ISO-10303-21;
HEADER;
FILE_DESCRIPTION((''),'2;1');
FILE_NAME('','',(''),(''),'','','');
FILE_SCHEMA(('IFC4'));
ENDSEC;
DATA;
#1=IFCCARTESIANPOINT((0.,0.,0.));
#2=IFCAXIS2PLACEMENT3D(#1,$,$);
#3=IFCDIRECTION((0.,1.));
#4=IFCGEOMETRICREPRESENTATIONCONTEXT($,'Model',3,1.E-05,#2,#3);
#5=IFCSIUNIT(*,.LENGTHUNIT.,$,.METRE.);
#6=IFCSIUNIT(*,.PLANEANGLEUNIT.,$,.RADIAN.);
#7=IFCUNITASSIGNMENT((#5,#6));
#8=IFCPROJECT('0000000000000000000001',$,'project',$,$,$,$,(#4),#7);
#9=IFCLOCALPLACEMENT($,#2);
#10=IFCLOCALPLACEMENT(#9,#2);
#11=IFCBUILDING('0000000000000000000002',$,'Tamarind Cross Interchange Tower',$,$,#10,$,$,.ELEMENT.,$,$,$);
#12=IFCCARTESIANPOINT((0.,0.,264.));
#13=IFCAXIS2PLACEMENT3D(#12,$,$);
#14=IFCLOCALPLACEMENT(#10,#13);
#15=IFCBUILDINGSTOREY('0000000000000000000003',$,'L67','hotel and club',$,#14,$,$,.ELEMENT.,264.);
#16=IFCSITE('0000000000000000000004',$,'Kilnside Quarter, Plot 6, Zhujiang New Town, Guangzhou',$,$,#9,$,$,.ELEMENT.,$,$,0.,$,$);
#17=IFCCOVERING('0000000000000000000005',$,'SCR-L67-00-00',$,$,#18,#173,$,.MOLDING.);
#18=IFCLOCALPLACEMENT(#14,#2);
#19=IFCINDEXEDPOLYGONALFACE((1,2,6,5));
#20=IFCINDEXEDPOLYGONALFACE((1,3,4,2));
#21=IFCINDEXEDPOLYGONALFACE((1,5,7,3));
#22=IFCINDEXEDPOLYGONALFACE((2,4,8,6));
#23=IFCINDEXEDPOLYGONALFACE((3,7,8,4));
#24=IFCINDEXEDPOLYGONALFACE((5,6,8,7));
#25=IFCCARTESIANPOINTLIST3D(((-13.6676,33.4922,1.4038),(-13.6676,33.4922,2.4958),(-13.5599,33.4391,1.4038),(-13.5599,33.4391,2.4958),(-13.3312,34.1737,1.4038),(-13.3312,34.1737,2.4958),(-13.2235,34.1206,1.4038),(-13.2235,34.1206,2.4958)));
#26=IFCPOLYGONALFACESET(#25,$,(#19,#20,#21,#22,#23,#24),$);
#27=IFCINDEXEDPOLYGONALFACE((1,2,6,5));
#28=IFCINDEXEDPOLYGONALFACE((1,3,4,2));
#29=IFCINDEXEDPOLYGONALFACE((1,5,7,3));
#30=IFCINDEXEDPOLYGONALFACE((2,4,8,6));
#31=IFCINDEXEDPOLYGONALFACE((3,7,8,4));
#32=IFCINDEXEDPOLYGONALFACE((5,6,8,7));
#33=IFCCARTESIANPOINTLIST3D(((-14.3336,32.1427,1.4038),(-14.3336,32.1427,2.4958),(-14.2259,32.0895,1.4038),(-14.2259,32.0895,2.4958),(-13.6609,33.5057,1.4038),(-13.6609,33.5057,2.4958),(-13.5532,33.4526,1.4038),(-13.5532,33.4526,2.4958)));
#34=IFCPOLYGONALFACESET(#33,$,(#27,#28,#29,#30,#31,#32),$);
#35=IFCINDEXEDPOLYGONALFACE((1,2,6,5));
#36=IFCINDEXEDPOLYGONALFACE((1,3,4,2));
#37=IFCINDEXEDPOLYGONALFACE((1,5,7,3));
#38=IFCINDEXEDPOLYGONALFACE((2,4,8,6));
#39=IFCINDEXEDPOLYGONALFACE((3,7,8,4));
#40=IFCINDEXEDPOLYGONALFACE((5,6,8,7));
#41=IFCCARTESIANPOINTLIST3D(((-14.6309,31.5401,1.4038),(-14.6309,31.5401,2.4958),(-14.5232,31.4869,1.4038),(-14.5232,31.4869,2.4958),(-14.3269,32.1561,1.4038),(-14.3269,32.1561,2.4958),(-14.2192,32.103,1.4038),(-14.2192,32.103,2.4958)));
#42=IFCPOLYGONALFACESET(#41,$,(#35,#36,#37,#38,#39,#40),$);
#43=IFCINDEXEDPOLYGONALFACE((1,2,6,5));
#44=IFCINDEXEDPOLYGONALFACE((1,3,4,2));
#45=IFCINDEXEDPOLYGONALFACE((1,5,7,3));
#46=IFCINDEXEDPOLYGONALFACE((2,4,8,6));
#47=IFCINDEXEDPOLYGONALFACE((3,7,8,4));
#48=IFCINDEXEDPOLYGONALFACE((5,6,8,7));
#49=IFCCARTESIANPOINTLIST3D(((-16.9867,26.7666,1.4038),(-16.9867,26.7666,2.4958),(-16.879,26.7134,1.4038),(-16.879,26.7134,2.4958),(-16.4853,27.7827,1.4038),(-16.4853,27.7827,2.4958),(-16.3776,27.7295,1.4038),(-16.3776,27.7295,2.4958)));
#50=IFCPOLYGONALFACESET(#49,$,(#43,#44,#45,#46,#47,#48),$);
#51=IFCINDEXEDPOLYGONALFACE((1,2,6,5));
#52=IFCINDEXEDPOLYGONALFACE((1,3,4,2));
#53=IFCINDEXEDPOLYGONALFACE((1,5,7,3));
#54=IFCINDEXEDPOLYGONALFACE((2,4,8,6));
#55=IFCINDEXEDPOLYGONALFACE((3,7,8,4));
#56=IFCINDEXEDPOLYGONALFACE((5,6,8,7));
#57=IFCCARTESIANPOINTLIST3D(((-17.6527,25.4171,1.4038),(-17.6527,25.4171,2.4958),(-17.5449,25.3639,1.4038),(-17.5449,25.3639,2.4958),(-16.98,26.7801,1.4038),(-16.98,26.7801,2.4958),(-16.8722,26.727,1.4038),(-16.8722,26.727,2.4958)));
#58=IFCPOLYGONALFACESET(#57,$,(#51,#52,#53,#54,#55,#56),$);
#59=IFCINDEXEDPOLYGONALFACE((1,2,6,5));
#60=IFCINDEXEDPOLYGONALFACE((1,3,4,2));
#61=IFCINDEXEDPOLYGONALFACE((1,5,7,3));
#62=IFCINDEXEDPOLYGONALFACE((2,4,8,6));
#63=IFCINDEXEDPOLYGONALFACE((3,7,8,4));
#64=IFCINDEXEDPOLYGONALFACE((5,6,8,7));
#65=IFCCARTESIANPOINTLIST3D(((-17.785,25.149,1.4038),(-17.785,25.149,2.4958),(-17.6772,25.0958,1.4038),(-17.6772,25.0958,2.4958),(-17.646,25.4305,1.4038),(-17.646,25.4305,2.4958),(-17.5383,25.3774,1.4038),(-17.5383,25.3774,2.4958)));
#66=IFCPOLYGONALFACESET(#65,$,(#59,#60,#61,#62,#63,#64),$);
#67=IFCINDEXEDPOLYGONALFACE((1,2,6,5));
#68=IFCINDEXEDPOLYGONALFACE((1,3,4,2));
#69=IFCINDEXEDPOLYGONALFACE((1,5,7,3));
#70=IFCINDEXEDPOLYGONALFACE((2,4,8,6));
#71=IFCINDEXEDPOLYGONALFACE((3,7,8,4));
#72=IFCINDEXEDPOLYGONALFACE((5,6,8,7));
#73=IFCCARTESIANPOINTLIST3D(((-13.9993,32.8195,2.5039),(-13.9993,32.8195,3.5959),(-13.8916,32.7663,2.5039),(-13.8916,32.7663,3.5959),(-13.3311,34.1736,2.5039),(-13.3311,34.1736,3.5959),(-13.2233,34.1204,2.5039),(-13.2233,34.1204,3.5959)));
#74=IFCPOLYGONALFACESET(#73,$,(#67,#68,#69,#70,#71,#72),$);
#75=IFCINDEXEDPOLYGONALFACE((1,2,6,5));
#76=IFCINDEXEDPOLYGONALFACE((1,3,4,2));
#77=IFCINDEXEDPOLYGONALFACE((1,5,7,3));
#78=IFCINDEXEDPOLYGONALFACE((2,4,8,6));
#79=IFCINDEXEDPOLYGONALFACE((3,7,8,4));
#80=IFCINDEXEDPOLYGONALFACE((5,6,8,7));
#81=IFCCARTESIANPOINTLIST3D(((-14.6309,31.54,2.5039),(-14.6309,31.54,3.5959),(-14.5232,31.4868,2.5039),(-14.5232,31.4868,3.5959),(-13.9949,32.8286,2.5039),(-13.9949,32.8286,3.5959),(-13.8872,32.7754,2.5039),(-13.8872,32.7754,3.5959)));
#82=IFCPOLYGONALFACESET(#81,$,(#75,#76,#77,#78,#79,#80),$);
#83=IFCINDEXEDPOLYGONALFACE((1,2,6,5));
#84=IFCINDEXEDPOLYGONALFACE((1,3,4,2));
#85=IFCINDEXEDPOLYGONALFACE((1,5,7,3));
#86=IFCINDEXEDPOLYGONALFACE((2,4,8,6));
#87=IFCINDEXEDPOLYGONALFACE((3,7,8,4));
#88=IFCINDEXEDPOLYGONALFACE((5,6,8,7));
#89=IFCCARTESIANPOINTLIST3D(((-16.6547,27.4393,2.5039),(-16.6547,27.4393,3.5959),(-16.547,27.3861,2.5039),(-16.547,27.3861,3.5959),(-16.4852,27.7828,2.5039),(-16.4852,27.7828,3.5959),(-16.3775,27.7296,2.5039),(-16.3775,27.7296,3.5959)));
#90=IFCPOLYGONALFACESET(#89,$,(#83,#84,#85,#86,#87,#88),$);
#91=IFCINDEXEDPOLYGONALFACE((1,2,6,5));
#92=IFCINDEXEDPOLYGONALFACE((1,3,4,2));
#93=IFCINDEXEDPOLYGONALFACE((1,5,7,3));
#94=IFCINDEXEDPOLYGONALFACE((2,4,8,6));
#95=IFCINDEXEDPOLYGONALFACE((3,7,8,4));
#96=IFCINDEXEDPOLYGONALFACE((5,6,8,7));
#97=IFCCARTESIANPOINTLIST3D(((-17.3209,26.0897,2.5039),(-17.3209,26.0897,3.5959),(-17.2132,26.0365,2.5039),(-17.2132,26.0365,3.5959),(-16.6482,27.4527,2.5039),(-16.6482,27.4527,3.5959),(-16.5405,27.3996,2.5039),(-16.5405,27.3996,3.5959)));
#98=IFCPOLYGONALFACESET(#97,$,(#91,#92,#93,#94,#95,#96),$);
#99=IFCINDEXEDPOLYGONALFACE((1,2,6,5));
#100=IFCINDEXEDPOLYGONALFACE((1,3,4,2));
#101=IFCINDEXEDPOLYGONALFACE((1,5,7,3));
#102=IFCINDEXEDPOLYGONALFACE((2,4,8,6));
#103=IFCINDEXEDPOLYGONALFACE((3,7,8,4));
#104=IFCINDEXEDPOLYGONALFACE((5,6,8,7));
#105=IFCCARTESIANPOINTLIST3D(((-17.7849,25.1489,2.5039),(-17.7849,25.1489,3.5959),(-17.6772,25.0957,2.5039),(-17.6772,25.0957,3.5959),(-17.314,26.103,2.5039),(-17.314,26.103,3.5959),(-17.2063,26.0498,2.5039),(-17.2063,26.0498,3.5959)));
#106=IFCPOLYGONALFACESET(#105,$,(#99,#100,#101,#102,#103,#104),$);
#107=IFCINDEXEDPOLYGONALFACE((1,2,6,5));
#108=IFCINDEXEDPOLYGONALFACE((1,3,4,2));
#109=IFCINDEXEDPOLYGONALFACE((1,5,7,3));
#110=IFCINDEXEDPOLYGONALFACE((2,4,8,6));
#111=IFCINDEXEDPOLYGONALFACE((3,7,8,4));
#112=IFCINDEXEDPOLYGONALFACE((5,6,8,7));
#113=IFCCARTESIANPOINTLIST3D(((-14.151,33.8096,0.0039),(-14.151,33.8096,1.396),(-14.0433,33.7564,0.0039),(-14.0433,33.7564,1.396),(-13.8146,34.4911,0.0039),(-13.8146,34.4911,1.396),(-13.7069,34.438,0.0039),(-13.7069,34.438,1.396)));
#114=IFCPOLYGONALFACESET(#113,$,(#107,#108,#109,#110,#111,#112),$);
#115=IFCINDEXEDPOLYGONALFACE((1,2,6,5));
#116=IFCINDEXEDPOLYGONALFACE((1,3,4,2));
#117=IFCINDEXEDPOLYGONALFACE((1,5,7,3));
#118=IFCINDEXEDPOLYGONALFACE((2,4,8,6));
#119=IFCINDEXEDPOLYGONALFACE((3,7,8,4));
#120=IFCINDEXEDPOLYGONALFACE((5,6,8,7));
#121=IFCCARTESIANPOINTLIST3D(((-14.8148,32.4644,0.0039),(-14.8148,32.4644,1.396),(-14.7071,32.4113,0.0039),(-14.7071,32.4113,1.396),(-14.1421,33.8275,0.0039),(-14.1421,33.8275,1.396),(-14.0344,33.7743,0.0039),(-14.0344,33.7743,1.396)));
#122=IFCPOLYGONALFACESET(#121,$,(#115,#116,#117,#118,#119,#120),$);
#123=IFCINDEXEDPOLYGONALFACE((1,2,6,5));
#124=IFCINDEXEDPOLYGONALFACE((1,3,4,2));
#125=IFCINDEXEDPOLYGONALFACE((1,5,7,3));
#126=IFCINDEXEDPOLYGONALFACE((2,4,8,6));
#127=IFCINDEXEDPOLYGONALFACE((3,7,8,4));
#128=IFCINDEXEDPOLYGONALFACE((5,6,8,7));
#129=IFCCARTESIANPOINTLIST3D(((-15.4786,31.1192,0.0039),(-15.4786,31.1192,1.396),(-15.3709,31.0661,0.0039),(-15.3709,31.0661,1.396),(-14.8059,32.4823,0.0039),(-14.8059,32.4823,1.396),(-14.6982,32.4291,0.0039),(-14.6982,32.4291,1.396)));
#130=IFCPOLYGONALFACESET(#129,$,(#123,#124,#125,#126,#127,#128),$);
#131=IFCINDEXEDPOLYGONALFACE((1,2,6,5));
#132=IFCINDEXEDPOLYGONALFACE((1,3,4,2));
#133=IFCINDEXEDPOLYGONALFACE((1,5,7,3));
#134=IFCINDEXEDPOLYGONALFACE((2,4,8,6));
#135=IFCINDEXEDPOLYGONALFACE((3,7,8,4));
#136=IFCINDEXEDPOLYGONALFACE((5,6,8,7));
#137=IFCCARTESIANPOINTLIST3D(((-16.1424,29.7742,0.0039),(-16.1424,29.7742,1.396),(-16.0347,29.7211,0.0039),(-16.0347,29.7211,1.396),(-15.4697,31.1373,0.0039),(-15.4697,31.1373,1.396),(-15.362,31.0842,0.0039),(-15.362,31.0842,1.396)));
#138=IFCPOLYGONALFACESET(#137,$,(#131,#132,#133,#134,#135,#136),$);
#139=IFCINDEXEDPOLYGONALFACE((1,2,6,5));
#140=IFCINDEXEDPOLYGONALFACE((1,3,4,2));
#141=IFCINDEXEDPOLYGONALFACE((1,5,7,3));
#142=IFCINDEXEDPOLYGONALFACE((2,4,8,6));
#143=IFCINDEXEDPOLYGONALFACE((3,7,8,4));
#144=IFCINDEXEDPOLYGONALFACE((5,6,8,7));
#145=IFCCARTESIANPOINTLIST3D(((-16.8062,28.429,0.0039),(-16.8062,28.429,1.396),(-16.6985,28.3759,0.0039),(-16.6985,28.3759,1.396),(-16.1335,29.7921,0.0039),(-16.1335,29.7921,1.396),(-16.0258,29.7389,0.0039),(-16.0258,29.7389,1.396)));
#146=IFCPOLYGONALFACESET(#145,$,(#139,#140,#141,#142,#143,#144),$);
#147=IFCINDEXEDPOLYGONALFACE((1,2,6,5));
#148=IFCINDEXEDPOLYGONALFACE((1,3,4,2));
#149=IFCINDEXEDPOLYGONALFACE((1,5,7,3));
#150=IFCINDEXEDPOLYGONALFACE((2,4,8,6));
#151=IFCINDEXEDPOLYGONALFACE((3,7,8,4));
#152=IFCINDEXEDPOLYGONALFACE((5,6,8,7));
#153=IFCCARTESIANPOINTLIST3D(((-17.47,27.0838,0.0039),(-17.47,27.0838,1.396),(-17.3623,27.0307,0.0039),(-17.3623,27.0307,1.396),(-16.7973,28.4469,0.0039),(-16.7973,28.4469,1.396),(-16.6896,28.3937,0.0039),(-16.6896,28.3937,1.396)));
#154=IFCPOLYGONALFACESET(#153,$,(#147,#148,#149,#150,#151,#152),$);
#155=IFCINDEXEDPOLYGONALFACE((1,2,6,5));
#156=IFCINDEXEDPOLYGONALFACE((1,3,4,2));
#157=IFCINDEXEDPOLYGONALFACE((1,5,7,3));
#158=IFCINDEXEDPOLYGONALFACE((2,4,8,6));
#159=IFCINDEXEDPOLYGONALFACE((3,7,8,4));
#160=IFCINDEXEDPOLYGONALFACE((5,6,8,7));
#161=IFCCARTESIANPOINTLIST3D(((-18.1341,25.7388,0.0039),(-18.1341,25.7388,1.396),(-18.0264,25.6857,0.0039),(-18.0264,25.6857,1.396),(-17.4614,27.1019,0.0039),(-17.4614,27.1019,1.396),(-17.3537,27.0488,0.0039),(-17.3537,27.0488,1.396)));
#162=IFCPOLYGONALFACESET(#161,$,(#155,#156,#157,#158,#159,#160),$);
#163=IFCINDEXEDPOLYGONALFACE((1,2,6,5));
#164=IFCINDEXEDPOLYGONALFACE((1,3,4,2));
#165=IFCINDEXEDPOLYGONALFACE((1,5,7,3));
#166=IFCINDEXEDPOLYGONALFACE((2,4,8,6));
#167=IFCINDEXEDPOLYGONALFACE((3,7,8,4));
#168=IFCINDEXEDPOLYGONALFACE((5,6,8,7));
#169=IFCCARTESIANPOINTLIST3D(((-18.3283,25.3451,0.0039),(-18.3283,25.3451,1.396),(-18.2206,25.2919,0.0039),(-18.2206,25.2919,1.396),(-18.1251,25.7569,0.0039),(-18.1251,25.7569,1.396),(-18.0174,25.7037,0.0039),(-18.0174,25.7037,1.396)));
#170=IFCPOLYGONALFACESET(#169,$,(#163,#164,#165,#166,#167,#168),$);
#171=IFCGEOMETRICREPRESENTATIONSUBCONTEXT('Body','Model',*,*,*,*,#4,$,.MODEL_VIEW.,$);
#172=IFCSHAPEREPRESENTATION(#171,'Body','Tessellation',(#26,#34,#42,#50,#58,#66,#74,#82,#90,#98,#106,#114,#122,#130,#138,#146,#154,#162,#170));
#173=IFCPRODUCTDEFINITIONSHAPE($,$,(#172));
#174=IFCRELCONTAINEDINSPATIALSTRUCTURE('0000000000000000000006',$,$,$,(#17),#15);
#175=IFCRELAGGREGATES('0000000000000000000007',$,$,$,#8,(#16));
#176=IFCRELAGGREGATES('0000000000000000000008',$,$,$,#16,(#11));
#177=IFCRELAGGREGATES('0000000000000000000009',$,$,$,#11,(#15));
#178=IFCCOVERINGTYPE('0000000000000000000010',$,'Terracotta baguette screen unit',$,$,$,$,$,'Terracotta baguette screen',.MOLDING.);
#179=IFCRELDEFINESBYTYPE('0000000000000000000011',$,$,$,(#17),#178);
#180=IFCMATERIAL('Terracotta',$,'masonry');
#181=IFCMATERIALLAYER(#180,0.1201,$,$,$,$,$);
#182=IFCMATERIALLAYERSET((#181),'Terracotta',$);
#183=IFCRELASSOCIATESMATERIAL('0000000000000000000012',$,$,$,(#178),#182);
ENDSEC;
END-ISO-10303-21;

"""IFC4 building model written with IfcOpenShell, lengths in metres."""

from ifc_helpers import new_model, si_unit, direction, frame, origin, origin_2d, place, context, subcontext, project, spatial, rectangle, extrude, material, layer, layer_set, type_object, element, save


model = new_model("IFC4")

# Units and contexts
model_context = context("Model", 3, precision=1e-05, world=origin(), true_north=direction((0.0, 1.0)))
body_context = subcontext(model_context, "Body", "Model", "MODEL_VIEW")
ifc_project = project(units=[si_unit("LENGTHUNIT", "METRE"), si_unit("PLANEANGLEUNIT", "RADIAN")], contexts=[model_context])

# Site, building, storey
site_placement = place(None, origin())
site = spatial("IfcSite", under=ifc_project, at=site_placement, Name="Kilnside Quarter, Plot 6, Zhujiang New Town, Guangzhou", CompositionType="ELEMENT", RefElevation=0.0)
building_placement = place(site_placement, origin())
building = spatial("IfcBuilding", under=site, at=building_placement, Name="Tamarind Cross Interchange Tower", CompositionType="ELEMENT")
storey_placement = place(building_placement, frame((0.0, 0.0, 264.0)))
storey = spatial("IfcBuildingStorey", under=building, at=storey_placement, Name="L67", Description="hotel and club", CompositionType="ELEMENT", Elevation=264.0)

# Covering
ifc_material_1 = material(Name="Terracotta", Category="masonry")
ifc_layer_1 = layer(ifc_material_1, 0.1201)
ifc_layer_set_1 = layer_set([ifc_layer_1], Name="Terracotta")
covering_type = type_object("IfcCoveringType", Name="Terracotta baguette screen unit", ElementType="Terracotta baguette screen", PredefinedType="MOLDING", material=ifc_layer_set_1)
covering_placement = place(storey_placement, origin())
element("IfcCovering", 1, at=covering_placement, inside=storey, type_object=covering_type, Name="SCR-L67-00-00", PredefinedType="MOLDING", context=body_context, shape_type="SweptSolid", body=[
    extrude(rectangle(XDim=0.76, YDim=0.1201, at=origin_2d()), frame((-13.4456, 33.8064, 1.4038), z_axis=(0.0, 0.0, 1.0), x_axis=(-0.442558, -0.89674, 0.0)), (0.0, 0.0, 1.0), 1.092),
    extrude(rectangle(XDim=1.52, YDim=0.1201, at=origin_2d()), frame((-13.9434, 32.7976, 1.4038), z_axis=(0.0, 0.0, 1.0), x_axis=(-0.442558, -0.89674, 0.0)), (0.0, 0.0, 1.0), 1.092),
    extrude(rectangle(XDim=0.687, YDim=0.1201, at=origin_2d()), frame((-14.425, 31.8215, 1.4038), z_axis=(0.0, 0.0, 1.0), x_axis=(-0.442558, -0.89674, 0.0)), (0.0, 0.0, 1.0), 1.092),
    extrude(rectangle(XDim=1.1331, YDim=0.1201, at=origin_2d()), frame((-16.6821, 27.248, 1.4038), z_axis=(0.0, 0.0, 1.0), x_axis=(-0.442558, -0.89674, 0.0)), (0.0, 0.0, 1.0), 1.092),
    extrude(rectangle(XDim=1.52, YDim=0.1201, at=origin_2d()), frame((-17.2625, 26.072, 1.4038), z_axis=(0.0, 0.0, 1.0), x_axis=(-0.442558, -0.89674, 0.0)), (0.0, 0.0, 1.0), 1.092),
    extrude(rectangle(XDim=0.314, YDim=0.1201, at=origin_2d()), frame((-17.6616, 25.2632, 1.4038), z_axis=(0.0, 0.0, 1.0), x_axis=(-0.442558, -0.89674, 0.0)), (0.0, 0.0, 1.0), 1.092),
    extrude(rectangle(XDim=1.51, YDim=0.1201, at=origin_2d()), frame((-13.6113, 33.47, 2.5039), z_axis=(0.0, 0.0, 1.0), x_axis=(-0.442558, -0.89674, 0.0)), (0.0, 0.0, 1.0), 1.092),
    extrude(rectangle(XDim=1.437, YDim=0.1201, at=origin_2d()), frame((-14.259, 32.1577, 2.5039), z_axis=(0.0, 0.0, 1.0), x_axis=(-0.442558, -0.89674, 0.0)), (0.0, 0.0, 1.0), 1.092),
    extrude(rectangle(XDim=0.3831, YDim=0.1201, at=origin_2d()), frame((-16.5161, 27.5845, 2.5039), z_axis=(0.0, 0.0, 1.0), x_axis=(-0.442558, -0.89674, 0.0)), (0.0, 0.0, 1.0), 1.092),
    extrude(rectangle(XDim=1.52, YDim=0.1201, at=origin_2d()), frame((-16.9307, 26.7446, 2.5039), z_axis=(0.0, 0.0, 1.0), x_axis=(-0.442558, -0.89674, 0.0)), (0.0, 0.0, 1.0), 1.092),
    extrude(rectangle(XDim=1.064, YDim=0.1201, at=origin_2d()), frame((-17.4956, 25.5994, 2.5039), z_axis=(0.0, 0.0, 1.0), x_axis=(-0.442558, -0.89674, 0.0)), (0.0, 0.0, 1.0), 1.092),
    extrude(rectangle(XDim=0.76, YDim=0.1201, at=origin_2d()), frame((-13.929, 34.1238, 0.0039), z_axis=(0.0, 0.0, 1.0), x_axis=(-0.442558, -0.89674, 0.0)), (0.0, 0.0, 1.0), 1.3921),
    extrude(rectangle(XDim=1.52, YDim=0.1201, at=origin_2d()), frame((-14.4246, 33.1194, 0.0039), z_axis=(0.0, 0.0, 1.0), x_axis=(-0.442558, -0.89674, 0.0)), (0.0, 0.0, 1.0), 1.3921),
    extrude(rectangle(XDim=1.52, YDim=0.1201, at=origin_2d()), frame((-15.0884, 31.7742, 0.0039), z_axis=(0.0, 0.0, 1.0), x_axis=(-0.442558, -0.89674, 0.0)), (0.0, 0.0, 1.0), 1.3921),
    extrude(rectangle(XDim=1.52, YDim=0.1201, at=origin_2d()), frame((-15.7522, 30.4292, 0.0039), z_axis=(0.0, 0.0, 1.0), x_axis=(-0.442558, -0.89674, 0.0)), (0.0, 0.0, 1.0), 1.3921),
    extrude(rectangle(XDim=1.52, YDim=0.1201, at=origin_2d()), frame((-16.416, 29.084, 0.0039), z_axis=(0.0, 0.0, 1.0), x_axis=(-0.442558, -0.89674, 0.0)), (0.0, 0.0, 1.0), 1.3921),
    extrude(rectangle(XDim=1.52, YDim=0.1201, at=origin_2d()), frame((-17.0798, 27.7388, 0.0039), z_axis=(0.0, 0.0, 1.0), x_axis=(-0.442558, -0.89674, 0.0)), (0.0, 0.0, 1.0), 1.3921),
    extrude(rectangle(XDim=1.52, YDim=0.1201, at=origin_2d()), frame((-17.7439, 26.3938, 0.0039), z_axis=(0.0, 0.0, 1.0), x_axis=(-0.442558, -0.89674, 0.0)), (0.0, 0.0, 1.0), 1.3921),
    extrude(rectangle(XDim=0.4592, YDim=0.1201, at=origin_2d()), frame((-18.1729, 25.5244, 0.0039), z_axis=(0.0, 0.0, 1.0), x_axis=(-0.442558, -0.89674, 0.0)), (0.0, 0.0, 1.0), 1.3921),
])

save(model, "model.ifc")
